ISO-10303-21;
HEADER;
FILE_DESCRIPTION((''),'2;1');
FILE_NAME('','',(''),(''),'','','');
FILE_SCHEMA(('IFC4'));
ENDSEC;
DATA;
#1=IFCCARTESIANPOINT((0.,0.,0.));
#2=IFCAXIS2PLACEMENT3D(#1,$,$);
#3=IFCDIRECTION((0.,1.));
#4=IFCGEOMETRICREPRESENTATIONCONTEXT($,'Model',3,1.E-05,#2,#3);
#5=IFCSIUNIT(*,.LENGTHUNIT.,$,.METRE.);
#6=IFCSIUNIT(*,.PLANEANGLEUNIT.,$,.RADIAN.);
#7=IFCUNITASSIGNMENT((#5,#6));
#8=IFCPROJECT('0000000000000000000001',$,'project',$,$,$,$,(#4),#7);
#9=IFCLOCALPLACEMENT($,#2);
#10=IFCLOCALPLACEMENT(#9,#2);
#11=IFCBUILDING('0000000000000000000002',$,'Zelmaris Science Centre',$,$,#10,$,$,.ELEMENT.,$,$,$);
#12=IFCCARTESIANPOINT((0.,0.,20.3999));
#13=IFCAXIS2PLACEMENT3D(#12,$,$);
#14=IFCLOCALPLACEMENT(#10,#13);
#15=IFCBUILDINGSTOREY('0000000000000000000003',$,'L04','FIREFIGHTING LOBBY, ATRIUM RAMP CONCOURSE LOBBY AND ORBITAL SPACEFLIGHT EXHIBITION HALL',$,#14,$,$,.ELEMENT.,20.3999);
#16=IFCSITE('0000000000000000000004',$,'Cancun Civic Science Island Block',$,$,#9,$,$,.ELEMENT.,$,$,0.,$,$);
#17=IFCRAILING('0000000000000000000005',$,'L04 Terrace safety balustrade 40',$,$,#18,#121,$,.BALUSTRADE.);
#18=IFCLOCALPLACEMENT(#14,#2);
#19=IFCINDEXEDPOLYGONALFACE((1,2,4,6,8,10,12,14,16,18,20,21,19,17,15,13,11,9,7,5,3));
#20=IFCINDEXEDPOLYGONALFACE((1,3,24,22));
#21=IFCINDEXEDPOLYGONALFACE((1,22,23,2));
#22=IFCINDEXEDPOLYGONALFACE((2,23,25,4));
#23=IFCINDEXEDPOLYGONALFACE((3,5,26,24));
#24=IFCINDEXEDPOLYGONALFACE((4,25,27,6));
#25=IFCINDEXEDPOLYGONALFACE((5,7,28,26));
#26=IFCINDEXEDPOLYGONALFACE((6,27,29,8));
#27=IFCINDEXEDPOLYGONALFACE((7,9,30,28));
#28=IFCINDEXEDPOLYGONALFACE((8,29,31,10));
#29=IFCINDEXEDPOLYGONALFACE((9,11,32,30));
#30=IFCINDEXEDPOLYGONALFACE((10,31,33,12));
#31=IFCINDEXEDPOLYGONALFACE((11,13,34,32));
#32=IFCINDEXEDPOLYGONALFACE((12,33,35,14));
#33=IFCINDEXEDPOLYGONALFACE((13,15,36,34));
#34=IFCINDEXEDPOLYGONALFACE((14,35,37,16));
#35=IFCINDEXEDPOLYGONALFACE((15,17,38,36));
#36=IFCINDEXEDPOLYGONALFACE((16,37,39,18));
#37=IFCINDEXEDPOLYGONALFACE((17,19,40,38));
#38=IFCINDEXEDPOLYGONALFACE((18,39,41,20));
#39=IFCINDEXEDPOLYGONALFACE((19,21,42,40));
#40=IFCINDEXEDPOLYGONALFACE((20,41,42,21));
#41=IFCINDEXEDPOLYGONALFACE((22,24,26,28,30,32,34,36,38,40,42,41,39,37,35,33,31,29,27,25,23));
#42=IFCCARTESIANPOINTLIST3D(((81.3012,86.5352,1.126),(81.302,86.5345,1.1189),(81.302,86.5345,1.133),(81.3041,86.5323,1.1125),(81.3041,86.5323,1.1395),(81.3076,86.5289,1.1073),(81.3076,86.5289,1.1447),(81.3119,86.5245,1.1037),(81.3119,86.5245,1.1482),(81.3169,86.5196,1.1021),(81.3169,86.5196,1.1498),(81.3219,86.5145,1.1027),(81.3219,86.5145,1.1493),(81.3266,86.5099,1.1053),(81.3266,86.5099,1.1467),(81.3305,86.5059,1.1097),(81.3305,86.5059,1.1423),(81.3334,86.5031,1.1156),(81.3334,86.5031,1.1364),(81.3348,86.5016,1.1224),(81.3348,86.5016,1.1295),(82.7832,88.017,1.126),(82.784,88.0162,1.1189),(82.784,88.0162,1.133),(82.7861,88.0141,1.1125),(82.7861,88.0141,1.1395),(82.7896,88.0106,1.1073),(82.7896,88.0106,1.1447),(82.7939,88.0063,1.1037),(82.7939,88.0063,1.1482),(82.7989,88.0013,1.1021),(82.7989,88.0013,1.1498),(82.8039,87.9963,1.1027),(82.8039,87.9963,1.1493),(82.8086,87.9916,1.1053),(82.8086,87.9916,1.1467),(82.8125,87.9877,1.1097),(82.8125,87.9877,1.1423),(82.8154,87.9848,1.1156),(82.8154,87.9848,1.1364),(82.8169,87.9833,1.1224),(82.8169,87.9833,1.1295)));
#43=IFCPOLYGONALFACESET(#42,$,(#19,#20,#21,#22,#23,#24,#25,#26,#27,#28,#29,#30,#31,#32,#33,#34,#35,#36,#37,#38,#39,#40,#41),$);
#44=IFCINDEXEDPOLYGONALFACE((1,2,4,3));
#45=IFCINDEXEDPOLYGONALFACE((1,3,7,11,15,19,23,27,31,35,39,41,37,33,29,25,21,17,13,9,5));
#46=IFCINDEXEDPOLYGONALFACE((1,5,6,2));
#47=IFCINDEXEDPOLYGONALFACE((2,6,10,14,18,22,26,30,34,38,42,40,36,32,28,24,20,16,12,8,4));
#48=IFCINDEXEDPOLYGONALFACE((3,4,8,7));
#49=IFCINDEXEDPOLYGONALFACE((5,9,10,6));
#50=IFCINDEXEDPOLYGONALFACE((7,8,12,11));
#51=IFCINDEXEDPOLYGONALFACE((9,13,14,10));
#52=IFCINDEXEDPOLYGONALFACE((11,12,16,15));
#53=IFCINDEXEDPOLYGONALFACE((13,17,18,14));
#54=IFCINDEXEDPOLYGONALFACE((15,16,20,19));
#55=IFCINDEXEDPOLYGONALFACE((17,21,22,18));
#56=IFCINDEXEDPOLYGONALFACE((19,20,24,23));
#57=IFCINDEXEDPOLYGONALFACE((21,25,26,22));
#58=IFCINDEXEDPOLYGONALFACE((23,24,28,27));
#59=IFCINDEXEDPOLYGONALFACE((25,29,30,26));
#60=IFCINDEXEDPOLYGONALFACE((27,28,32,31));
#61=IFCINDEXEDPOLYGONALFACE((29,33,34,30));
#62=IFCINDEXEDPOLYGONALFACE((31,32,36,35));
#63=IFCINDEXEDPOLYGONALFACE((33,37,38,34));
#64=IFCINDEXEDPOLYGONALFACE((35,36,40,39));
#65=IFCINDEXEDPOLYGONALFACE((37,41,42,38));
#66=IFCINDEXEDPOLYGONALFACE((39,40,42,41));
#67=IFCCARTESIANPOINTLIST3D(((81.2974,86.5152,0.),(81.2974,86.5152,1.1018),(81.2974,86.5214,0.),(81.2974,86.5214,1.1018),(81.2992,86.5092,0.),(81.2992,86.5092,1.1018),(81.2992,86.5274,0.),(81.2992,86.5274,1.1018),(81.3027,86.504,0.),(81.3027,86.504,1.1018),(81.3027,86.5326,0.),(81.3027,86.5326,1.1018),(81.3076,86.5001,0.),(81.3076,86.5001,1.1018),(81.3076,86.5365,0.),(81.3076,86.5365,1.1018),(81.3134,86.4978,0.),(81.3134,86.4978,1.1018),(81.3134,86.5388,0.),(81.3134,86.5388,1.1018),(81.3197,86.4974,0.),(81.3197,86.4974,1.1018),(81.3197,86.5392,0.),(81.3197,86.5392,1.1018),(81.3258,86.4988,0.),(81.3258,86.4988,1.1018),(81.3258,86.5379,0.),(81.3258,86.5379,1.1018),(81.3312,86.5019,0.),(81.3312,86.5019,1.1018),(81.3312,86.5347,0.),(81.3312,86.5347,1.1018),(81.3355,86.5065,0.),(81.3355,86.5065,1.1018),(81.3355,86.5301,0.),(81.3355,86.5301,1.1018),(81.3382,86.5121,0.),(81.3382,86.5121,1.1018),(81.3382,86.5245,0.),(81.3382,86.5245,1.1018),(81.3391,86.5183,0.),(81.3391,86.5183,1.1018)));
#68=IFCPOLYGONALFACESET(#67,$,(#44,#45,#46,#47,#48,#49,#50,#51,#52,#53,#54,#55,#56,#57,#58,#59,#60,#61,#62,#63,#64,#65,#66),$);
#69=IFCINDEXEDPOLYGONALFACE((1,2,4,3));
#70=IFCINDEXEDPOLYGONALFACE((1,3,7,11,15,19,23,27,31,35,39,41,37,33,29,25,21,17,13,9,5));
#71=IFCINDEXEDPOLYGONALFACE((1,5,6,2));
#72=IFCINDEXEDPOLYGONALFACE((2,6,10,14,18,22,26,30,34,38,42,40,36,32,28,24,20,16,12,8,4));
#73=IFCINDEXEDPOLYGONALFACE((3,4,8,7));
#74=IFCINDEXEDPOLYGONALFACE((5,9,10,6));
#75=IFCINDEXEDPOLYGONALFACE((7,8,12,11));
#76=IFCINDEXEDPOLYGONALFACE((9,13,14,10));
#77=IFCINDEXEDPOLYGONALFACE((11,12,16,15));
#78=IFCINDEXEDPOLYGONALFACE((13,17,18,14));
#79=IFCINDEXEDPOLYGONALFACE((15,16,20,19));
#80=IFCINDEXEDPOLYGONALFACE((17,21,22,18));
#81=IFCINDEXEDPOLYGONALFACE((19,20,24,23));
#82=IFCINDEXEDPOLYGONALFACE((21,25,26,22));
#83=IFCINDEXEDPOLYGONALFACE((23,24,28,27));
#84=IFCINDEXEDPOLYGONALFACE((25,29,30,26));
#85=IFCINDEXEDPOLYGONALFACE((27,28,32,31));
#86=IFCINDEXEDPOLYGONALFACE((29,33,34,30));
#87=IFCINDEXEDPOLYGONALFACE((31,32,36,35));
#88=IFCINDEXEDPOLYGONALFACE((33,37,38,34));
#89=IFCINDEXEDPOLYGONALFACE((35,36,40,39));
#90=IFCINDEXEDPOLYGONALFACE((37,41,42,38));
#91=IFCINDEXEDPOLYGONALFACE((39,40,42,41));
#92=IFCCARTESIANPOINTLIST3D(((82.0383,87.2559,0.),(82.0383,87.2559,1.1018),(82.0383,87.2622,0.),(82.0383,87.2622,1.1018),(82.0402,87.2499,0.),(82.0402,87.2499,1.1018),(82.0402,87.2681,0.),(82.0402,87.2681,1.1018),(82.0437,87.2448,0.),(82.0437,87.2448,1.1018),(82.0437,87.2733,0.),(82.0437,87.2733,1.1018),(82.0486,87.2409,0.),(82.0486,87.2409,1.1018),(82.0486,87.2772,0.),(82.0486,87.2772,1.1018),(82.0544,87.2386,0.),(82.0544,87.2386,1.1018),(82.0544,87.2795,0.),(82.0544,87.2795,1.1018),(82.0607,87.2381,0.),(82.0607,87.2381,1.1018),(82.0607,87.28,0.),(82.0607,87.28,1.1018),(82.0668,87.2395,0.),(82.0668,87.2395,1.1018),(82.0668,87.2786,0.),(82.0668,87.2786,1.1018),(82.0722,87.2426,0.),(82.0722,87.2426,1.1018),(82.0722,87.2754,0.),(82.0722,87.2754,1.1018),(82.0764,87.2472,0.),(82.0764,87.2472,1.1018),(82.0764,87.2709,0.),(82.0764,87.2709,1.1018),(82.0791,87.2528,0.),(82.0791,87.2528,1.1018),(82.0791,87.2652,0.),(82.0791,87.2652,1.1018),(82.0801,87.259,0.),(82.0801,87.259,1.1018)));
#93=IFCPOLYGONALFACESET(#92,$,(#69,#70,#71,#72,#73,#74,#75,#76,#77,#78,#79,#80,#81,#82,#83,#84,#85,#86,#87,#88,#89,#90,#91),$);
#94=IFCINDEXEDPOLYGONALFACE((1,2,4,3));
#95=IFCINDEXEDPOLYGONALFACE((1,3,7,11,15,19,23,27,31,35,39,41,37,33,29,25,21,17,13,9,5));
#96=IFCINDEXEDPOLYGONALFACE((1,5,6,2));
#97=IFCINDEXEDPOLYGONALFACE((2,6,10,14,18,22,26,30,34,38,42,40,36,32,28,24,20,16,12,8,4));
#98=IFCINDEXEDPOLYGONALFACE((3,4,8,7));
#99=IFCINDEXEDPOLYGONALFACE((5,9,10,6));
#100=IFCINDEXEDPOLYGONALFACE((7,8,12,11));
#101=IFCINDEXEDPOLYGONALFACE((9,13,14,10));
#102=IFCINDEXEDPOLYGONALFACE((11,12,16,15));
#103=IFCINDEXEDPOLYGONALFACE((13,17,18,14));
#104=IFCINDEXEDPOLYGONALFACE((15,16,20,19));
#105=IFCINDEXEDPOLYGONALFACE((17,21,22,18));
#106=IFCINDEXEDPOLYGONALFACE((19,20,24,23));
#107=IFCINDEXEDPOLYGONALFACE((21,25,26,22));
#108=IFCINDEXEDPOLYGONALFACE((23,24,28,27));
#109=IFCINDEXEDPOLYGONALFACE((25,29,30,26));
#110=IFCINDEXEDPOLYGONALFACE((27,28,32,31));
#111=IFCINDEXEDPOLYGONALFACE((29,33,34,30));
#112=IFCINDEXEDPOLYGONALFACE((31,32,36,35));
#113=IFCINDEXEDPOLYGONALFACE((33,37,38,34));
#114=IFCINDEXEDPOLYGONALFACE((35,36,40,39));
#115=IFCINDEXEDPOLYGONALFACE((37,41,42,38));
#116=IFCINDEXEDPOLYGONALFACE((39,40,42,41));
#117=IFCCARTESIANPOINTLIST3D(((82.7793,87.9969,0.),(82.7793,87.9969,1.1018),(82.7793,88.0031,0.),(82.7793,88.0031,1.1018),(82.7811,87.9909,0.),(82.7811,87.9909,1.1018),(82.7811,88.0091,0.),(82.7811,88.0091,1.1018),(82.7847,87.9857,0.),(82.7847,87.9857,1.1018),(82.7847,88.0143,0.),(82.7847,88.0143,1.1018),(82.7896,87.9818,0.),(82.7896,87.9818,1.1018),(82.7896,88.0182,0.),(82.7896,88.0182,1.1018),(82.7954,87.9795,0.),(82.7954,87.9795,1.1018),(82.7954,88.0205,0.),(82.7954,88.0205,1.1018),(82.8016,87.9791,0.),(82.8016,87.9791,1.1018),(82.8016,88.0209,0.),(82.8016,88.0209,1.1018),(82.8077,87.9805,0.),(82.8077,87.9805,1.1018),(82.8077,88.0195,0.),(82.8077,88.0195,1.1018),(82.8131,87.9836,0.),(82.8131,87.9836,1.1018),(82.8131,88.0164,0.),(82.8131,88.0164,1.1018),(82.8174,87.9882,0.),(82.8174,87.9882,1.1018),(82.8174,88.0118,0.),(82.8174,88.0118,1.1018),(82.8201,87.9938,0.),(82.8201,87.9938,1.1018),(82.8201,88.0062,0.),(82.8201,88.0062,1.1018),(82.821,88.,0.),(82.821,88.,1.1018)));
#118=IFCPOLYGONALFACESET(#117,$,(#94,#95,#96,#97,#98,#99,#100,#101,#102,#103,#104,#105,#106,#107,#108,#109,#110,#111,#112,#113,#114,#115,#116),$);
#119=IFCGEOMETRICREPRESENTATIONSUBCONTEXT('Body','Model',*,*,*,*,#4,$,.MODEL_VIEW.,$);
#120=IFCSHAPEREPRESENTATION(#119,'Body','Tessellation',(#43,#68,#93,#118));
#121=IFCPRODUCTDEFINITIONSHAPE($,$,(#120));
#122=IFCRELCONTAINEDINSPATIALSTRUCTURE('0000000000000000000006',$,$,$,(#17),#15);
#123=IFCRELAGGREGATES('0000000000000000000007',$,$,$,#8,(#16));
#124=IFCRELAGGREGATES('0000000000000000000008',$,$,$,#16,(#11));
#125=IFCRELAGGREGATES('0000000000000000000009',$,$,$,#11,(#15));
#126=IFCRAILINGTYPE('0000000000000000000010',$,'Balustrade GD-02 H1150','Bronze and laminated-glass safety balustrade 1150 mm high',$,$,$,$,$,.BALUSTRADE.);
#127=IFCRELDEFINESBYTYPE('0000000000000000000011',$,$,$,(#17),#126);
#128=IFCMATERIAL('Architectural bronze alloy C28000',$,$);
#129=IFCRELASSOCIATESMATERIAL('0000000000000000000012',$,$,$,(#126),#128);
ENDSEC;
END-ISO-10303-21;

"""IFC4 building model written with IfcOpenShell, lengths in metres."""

from ifc_helpers import new_model, si_unit, direction, frame, origin, origin_2d, place, context, subcontext, project, spatial, circle, extrude, material, type_object, element, save


model = new_model("IFC4")

# Units and contexts
model_context = context("Model", 3, precision=1e-05, world=origin(), true_north=direction((0.0, 1.0)))
body_context = subcontext(model_context, "Body", "Model", "MODEL_VIEW")
ifc_project = project(units=[si_unit("LENGTHUNIT", "METRE"), si_unit("PLANEANGLEUNIT", "RADIAN")], contexts=[model_context])

# Site, building, storey
site_placement = place(None, origin())
site = spatial("IfcSite", under=ifc_project, at=site_placement, Name="Cancun Civic Science Island Block", CompositionType="ELEMENT", RefElevation=0.0)
building_placement = place(site_placement, origin())
building = spatial("IfcBuilding", under=site, at=building_placement, Name="Zelmaris Science Centre", CompositionType="ELEMENT")
storey_placement = place(building_placement, frame((0.0, 0.0, 20.3999)))
storey = spatial("IfcBuildingStorey", under=building, at=storey_placement, Name="L04", Description="FIREFIGHTING LOBBY, ATRIUM RAMP CONCOURSE LOBBY AND ORBITAL SPACEFLIGHT EXHIBITION HALL", CompositionType="ELEMENT", Elevation=20.3999)

# Railing
ifc_material_1 = material(Name="Architectural bronze alloy C28000")
railing_type = type_object("IfcRailingType", Name="Balustrade GD-02 H1150", Description="Bronze and laminated-glass safety balustrade 1150 mm high", PredefinedType="BALUSTRADE", material=ifc_material_1)
railing_1_placement = place(storey_placement, frame((81.3181, 86.5183, 0.0)))
element("IfcRailing", 1, at=railing_1_placement, inside=storey, type_object=railing_type, Name="L04 Terrace safety balustrade 40", PredefinedType="BALUSTRADE", context=body_context, shape_type="SweptSolid", body=[
    extrude(circle(Radius=0.0239, at=origin_2d()), frame((0.0, 0.0, 1.126), z_axis=(0.707165, 0.707049, 0.0), x_axis=(-0.707049, 0.707165, 0.0)), (0.0, 0.0, 1.0), 2.0957),
    extrude(circle(Radius=0.021, at=origin_2d()), origin(), (0.0, 0.0, 1.0), 1.1018),
    extrude(circle(Radius=0.021, at=origin_2d()), frame((0.741, 0.7407, 0.0)), (0.0, 0.0, 1.0), 1.1018),
    extrude(circle(Radius=0.021, at=origin_2d()), frame((1.4819, 1.4817, 0.0)), (0.0, 0.0, 1.0), 1.1018),
])

save(model, "model.ifc")
